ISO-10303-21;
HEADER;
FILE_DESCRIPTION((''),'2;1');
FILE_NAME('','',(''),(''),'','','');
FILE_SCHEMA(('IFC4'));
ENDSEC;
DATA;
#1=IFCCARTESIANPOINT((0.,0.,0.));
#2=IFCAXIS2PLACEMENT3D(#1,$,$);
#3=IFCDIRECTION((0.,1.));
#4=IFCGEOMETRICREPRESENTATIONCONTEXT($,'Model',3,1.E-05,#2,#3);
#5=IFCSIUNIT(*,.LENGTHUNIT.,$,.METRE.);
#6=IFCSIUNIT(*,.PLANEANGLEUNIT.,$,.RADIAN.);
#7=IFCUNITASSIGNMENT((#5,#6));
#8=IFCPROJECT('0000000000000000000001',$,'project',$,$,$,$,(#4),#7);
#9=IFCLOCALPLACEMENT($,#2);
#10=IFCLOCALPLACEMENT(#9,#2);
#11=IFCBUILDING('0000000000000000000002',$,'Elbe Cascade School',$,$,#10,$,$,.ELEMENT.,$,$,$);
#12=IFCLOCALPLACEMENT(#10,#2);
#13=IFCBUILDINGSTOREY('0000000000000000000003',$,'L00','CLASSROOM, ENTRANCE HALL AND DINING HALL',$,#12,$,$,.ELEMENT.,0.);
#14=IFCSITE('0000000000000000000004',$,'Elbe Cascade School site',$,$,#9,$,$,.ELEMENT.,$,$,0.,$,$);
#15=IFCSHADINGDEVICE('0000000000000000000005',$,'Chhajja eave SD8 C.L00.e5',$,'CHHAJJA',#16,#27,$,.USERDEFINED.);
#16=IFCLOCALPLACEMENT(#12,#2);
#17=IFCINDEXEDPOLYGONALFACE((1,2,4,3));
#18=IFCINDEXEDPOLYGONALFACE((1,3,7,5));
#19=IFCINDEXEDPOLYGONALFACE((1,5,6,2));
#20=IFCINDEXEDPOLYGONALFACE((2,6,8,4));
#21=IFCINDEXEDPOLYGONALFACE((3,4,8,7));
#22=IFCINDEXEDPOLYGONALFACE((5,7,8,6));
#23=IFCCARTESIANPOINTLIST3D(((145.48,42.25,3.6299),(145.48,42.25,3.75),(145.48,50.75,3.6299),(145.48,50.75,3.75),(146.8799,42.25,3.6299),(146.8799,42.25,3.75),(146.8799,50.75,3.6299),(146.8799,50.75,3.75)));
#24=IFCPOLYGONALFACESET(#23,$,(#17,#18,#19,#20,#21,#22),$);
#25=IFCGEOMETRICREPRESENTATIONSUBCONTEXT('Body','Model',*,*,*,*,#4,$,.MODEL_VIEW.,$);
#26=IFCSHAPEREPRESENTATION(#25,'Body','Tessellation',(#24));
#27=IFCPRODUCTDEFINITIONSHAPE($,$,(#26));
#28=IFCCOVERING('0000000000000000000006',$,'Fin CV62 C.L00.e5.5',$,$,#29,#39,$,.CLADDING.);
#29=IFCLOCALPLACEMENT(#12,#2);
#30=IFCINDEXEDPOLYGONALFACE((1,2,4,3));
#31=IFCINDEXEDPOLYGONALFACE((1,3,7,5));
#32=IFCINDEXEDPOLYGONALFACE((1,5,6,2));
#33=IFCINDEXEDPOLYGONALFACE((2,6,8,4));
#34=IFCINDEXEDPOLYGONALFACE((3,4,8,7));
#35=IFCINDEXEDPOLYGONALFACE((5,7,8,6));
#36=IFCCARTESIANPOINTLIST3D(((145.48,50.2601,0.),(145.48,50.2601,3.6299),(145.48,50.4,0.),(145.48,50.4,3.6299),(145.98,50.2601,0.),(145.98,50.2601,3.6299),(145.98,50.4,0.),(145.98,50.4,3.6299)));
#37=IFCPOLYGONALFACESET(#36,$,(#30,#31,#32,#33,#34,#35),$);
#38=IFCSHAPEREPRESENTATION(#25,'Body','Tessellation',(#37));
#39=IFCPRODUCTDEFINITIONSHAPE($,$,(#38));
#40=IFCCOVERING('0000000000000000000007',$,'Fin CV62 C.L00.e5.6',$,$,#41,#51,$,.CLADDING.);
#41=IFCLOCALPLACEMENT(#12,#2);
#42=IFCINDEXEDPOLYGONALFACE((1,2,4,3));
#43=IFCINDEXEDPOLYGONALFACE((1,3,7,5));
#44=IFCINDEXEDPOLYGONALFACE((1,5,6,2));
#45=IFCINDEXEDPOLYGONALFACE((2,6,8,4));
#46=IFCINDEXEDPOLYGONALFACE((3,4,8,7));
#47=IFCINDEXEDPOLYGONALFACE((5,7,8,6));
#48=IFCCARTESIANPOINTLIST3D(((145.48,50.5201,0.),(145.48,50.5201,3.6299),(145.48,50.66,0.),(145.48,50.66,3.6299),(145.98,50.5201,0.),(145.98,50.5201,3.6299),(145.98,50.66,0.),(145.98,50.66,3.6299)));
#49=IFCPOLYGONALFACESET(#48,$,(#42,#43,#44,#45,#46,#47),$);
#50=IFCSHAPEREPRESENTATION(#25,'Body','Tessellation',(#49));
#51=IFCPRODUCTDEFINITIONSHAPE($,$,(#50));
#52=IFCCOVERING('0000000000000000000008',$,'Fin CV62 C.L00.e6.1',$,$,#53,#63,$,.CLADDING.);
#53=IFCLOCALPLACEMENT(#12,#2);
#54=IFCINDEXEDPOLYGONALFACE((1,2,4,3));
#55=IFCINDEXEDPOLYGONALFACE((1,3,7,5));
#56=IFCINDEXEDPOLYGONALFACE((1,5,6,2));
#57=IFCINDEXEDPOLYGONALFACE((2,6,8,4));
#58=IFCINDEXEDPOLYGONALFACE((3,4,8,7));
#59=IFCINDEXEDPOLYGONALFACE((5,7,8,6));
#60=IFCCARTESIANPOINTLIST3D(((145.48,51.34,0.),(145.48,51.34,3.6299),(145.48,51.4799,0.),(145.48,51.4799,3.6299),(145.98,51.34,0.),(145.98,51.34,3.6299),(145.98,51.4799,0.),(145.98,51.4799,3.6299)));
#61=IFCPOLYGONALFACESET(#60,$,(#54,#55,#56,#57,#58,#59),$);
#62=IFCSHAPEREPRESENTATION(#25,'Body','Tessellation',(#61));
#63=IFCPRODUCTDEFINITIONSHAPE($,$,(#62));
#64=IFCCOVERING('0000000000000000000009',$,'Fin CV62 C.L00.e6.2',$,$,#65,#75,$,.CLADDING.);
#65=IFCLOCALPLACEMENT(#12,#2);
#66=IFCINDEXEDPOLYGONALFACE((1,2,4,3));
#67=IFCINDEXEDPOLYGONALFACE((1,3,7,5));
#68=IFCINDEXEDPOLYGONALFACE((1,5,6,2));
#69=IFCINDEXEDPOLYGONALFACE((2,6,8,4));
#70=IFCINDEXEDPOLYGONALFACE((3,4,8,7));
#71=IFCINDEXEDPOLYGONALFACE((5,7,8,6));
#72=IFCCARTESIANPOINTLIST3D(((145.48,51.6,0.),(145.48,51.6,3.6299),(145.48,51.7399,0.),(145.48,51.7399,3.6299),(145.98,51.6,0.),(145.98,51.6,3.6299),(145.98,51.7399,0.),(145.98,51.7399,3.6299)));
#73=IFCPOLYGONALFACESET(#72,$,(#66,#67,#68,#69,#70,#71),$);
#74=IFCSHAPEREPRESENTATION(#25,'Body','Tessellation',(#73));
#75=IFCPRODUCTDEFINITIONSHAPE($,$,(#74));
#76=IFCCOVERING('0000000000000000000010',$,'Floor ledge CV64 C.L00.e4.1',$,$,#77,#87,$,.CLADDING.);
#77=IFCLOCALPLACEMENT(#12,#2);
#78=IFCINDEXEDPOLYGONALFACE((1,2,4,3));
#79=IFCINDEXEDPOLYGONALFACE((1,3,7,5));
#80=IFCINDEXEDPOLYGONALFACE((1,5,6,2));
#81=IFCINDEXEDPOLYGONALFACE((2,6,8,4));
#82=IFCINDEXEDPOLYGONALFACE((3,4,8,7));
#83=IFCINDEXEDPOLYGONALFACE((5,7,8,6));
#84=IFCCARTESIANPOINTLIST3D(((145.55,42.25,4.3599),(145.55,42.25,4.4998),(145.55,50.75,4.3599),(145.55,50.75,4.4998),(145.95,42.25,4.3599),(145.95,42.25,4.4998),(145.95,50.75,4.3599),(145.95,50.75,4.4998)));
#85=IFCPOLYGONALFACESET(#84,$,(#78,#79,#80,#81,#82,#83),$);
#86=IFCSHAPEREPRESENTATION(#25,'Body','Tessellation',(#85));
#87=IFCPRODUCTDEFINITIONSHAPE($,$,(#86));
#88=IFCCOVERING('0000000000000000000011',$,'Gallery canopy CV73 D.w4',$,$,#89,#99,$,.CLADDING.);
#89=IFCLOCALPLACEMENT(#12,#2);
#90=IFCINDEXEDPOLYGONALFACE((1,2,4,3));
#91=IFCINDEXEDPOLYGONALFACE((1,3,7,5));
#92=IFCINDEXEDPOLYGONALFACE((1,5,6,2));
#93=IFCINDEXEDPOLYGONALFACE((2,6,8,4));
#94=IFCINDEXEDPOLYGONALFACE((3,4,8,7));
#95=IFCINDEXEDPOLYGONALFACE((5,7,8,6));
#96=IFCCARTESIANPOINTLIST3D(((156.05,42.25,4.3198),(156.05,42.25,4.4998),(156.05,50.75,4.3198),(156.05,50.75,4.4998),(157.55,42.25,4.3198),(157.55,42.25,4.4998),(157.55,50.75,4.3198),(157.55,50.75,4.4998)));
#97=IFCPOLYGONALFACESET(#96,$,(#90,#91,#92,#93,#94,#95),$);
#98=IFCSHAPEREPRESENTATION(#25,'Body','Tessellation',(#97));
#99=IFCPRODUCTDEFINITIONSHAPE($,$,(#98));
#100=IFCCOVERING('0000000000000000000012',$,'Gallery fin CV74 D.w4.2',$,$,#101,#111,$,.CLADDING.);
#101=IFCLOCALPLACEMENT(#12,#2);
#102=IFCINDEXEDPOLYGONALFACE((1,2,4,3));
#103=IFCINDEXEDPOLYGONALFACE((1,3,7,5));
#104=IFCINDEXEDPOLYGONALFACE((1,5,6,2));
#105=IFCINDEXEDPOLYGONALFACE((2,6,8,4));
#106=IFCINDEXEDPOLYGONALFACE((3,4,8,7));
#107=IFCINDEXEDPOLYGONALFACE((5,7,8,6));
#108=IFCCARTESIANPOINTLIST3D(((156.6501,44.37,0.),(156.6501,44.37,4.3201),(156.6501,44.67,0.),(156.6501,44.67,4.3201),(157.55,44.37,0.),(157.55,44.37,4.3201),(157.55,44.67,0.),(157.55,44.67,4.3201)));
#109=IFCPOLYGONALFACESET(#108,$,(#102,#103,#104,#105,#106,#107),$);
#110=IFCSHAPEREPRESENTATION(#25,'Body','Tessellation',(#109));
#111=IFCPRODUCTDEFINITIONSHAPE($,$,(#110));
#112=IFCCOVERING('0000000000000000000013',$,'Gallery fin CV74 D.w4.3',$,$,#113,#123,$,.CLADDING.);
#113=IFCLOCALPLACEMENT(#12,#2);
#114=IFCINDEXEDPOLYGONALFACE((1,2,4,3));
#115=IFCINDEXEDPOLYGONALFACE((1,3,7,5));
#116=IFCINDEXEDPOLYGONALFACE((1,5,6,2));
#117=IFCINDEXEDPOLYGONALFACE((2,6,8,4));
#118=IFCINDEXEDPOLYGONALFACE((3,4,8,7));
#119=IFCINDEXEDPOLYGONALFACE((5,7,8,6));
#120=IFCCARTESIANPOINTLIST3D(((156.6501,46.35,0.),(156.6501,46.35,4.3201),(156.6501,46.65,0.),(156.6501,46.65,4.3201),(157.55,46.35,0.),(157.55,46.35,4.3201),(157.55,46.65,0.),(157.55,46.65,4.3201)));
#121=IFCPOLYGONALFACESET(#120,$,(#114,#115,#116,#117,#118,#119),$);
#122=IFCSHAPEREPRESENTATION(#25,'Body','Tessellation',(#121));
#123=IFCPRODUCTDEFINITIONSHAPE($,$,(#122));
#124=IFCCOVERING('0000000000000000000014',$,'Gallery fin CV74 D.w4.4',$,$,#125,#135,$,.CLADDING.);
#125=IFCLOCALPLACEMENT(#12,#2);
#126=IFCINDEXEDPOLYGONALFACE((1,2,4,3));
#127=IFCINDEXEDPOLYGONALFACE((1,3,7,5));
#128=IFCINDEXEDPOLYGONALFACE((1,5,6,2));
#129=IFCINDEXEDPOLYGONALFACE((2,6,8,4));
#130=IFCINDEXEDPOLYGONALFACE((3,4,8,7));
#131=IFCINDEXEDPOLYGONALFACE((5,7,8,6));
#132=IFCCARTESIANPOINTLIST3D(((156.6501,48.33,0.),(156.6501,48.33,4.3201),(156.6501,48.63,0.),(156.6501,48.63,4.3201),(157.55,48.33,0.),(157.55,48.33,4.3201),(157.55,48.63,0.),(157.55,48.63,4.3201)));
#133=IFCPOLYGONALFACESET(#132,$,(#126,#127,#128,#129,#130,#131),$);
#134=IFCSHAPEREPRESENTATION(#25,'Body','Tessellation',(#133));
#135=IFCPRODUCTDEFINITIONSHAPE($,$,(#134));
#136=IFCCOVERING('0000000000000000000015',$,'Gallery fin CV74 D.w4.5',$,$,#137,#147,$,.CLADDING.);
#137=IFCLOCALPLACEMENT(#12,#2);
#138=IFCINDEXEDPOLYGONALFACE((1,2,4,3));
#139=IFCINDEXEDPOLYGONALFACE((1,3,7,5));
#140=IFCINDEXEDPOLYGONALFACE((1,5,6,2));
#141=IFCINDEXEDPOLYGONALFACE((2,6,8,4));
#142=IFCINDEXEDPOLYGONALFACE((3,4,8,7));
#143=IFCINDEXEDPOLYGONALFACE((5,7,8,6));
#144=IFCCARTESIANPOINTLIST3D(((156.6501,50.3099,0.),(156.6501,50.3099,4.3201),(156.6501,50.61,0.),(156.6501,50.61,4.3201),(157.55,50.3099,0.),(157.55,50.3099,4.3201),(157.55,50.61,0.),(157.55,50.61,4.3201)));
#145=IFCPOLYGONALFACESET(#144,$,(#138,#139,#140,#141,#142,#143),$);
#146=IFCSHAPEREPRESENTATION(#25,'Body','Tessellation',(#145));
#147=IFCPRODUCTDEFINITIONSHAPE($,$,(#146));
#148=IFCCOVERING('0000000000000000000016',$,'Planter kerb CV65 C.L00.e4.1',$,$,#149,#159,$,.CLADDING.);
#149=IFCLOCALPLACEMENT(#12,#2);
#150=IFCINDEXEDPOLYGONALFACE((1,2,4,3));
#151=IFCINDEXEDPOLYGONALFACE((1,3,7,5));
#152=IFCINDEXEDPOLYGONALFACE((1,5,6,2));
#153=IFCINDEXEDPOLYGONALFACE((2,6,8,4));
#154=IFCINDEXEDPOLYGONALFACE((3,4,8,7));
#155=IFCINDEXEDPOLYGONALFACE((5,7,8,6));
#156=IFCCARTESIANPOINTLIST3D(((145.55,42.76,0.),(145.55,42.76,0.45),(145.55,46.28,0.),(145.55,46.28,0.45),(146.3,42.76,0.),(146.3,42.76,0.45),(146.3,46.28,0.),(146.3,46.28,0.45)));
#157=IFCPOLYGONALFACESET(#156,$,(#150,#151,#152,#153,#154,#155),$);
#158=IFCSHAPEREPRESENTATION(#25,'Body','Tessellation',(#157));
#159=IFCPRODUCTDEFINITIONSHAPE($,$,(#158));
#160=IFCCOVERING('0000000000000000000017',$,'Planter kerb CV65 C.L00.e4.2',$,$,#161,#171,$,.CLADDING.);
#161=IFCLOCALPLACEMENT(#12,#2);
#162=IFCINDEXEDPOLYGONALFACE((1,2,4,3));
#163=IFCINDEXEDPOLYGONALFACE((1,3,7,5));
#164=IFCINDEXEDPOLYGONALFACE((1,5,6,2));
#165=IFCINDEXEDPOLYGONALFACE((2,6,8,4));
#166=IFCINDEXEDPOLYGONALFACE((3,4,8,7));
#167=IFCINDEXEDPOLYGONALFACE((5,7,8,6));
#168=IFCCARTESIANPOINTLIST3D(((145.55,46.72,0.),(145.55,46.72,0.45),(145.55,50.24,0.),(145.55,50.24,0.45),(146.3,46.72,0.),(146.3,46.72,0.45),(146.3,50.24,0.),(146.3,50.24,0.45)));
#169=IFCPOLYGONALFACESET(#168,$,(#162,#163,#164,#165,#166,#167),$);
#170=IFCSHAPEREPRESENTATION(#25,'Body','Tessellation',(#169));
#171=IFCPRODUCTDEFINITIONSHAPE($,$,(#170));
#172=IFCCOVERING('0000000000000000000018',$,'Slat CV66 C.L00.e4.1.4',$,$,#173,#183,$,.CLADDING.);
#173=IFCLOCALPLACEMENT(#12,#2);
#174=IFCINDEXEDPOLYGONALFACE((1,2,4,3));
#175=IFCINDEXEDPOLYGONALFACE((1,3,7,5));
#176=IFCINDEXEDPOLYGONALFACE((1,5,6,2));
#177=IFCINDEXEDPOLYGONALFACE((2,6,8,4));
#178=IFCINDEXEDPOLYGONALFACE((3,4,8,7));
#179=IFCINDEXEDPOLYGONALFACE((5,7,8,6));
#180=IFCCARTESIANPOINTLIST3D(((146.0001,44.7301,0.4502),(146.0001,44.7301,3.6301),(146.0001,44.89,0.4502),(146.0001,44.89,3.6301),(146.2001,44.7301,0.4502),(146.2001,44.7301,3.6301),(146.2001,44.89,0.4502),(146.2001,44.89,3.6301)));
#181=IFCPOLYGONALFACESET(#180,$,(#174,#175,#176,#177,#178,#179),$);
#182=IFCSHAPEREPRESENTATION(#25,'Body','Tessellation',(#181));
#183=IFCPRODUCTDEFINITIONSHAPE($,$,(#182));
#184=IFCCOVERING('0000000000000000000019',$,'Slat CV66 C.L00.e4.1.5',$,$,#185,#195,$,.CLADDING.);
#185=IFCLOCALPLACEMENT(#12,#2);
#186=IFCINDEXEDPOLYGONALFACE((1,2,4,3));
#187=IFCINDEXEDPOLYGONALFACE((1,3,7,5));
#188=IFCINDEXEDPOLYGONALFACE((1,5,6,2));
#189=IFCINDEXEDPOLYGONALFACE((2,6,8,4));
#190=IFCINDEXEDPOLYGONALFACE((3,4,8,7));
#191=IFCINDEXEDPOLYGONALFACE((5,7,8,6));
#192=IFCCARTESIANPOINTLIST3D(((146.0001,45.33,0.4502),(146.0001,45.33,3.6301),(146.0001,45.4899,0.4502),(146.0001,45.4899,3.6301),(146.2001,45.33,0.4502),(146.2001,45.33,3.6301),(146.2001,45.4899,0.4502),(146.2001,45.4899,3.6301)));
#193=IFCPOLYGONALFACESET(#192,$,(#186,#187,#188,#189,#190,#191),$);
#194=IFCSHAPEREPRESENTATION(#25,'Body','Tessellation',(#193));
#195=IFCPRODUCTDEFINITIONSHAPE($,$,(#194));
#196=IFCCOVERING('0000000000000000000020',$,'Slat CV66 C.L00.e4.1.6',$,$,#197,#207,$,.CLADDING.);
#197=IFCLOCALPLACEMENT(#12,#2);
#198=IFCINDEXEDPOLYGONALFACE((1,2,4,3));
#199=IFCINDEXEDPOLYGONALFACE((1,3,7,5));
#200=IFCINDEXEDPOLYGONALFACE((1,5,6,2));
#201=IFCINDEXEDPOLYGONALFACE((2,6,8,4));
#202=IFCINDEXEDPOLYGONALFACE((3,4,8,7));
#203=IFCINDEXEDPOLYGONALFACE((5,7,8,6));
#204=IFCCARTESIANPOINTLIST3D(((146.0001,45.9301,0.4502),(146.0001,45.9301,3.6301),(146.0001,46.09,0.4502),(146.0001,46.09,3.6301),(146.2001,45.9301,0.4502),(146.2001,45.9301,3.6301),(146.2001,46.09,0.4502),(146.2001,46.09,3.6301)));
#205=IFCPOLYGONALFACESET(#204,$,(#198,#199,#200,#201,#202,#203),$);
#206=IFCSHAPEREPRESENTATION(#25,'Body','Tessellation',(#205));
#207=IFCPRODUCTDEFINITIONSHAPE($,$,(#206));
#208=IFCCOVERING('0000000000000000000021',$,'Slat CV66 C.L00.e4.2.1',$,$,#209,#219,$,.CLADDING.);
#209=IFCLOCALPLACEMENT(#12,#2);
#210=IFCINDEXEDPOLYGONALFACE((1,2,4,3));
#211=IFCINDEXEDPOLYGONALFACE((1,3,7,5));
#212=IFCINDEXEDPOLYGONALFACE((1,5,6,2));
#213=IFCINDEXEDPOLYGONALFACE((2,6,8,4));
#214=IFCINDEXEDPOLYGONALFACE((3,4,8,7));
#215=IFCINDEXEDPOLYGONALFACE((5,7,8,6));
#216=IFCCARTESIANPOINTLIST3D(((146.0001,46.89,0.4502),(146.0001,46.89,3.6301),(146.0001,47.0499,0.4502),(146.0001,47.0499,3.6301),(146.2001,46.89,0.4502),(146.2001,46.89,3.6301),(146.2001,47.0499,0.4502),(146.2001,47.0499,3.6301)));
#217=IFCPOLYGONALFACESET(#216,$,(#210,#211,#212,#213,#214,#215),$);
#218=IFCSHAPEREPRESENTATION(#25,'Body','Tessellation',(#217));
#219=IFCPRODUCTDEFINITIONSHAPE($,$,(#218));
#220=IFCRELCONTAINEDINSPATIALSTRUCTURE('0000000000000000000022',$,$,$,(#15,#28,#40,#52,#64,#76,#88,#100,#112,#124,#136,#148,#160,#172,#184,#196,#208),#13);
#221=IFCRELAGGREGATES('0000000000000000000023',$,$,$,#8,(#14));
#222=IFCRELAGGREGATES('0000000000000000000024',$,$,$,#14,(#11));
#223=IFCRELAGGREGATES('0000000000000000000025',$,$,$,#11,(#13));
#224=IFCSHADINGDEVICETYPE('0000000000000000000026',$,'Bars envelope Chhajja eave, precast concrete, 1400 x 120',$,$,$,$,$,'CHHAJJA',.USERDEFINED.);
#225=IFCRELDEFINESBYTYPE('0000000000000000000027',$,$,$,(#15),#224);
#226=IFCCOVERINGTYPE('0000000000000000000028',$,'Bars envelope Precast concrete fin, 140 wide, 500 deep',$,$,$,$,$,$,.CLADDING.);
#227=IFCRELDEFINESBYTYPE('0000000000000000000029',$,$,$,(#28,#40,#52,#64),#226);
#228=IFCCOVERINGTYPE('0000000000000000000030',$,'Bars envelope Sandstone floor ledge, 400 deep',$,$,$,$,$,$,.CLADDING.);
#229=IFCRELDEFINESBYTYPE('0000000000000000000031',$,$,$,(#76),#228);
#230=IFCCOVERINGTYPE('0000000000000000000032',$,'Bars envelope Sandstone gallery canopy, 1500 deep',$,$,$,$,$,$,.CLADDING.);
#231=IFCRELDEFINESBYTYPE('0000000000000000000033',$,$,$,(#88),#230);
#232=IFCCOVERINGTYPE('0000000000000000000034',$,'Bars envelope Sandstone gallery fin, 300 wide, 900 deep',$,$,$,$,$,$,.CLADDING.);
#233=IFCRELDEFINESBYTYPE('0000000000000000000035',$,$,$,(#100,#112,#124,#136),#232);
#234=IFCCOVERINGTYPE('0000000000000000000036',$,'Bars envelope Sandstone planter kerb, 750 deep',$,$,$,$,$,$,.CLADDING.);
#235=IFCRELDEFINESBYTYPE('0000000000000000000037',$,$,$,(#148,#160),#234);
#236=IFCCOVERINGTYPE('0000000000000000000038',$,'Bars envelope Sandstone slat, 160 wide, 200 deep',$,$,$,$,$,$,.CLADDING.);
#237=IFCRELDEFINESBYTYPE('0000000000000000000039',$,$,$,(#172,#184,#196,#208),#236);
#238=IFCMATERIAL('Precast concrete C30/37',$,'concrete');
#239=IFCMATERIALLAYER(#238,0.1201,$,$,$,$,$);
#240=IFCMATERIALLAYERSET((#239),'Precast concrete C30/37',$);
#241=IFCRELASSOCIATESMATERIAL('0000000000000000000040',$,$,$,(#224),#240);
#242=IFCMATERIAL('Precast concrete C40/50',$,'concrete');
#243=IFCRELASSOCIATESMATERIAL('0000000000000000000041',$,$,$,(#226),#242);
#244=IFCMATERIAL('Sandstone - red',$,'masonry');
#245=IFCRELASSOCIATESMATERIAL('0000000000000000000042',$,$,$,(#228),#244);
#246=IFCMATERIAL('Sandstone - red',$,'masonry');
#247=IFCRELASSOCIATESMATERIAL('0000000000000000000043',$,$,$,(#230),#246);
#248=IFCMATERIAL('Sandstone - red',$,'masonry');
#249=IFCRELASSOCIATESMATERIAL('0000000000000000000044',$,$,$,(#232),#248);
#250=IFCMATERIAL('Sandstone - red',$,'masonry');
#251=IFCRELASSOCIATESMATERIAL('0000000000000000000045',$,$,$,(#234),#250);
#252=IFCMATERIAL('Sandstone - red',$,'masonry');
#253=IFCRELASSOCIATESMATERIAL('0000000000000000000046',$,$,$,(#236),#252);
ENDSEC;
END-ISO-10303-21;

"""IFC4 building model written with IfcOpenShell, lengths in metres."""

from ifc_helpers import new_model, si_unit, direction, frame, origin, origin_2d, place, context, subcontext, project, spatial, rectangle, extrude, material, layer, layer_set, type_object, element, save


model = new_model("IFC4")

# Units and contexts
model_context = context("Model", 3, precision=1e-05, world=origin(), true_north=direction((0.0, 1.0)))
body_context = subcontext(model_context, "Body", "Model", "MODEL_VIEW")
ifc_project = project(units=[si_unit("LENGTHUNIT", "METRE"), si_unit("PLANEANGLEUNIT", "RADIAN")], contexts=[model_context])

# Site, building, storey
site_placement = place(None, origin())
site = spatial("IfcSite", under=ifc_project, at=site_placement, Name="Elbe Cascade School site", CompositionType="ELEMENT", RefElevation=0.0)
building_placement = place(site_placement, origin())
building = spatial("IfcBuilding", under=site, at=building_placement, Name="Elbe Cascade School", CompositionType="ELEMENT")
storey_placement = place(building_placement, origin())
storey = spatial("IfcBuildingStorey", under=building, at=storey_placement, Name="L00", Description="CLASSROOM, ENTRANCE HALL AND DINING HALL", CompositionType="ELEMENT", Elevation=0.0)

# Shading device
ifc_material_1 = material(Name="Precast concrete C30/37", Category="concrete")
ifc_layer_1 = layer(ifc_material_1, 0.1201)
ifc_layer_set_1 = layer_set([ifc_layer_1], Name="Precast concrete C30/37")
shading_device_type_1 = type_object("IfcShadingDeviceType", Name="Bars envelope Chhajja eave, precast concrete, 1400 x 120", ElementType="CHHAJJA", PredefinedType="USERDEFINED", material=ifc_layer_set_1)
shading_device_1_placement = place(storey_placement, frame((146.1799, 46.5, 3.6299), z_axis=(0.0, 0.0, 1.0), x_axis=(0.0, 1.0, 0.0)))
element("IfcShadingDevice", 1, at=shading_device_1_placement, inside=storey, type_object=shading_device_type_1, Name="Chhajja eave SD8 C.L00.e5", ObjectType="CHHAJJA", PredefinedType="USERDEFINED", context=body_context, shape_type="SweptSolid", body=[
    extrude(rectangle(XDim=8.5, YDim=1.3999, at=origin_2d()), origin(), (0.0, 0.0, 1.0), 0.1201),
])

# Coverings
ifc_material_2 = material(Name="Precast concrete C40/50", Category="concrete")
covering_type_1 = type_object("IfcCoveringType", Name="Bars envelope Precast concrete fin, 140 wide, 500 deep", PredefinedType="CLADDING", material=ifc_material_2)
for number, where, z_axis, x_axis, name in (
    (2, (145.73, 50.3301, 0.0), (0.0, 0.0, 1.0), (0.0, 1.0, 0.0), "Fin CV62 C.L00.e5.5"),
    (3, (145.73, 50.5901, 0.0), (0.0, 0.0, 1.0), (0.0, 1.0, 0.0), "Fin CV62 C.L00.e5.6"),
    (4, (145.73, 51.4099, 0.0), (0.0, 0.0, 1.0), (0.0, 1.0, 0.0), "Fin CV62 C.L00.e6.1"),
    (5, (145.73, 51.6699, 0.0), (0.0, 0.0, 1.0), (0.0, 1.0, 0.0), "Fin CV62 C.L00.e6.2"),
):
    element("IfcCovering", number, at=place(storey_placement, frame(where, z_axis=z_axis, x_axis=x_axis)), inside=storey, type_object=covering_type_1, Name=name, PredefinedType="CLADDING", context=body_context, shape_type="SweptSolid", body=[
        extrude(rectangle(XDim=0.1399, YDim=0.5, at=origin_2d()), origin(), (0.0, 0.0, 1.0), 3.6299),
    ])
ifc_material_3 = material(Name="Sandstone - red", Category="masonry")
covering_type_2 = type_object("IfcCoveringType", Name="Bars envelope Sandstone floor ledge, 400 deep", PredefinedType="CLADDING", material=ifc_material_3)
covering_1_placement = place(storey_placement, frame((145.75, 46.5, 4.3599), z_axis=(0.0, 0.0, 1.0), x_axis=(0.0, 1.0, 0.0)))
element("IfcCovering", 6, at=covering_1_placement, inside=storey, type_object=covering_type_2, Name="Floor ledge CV64 C.L00.e4.1", PredefinedType="CLADDING", context=body_context, shape_type="SweptSolid", body=[
    extrude(rectangle(XDim=8.5, YDim=0.3999, at=origin_2d()), origin(), (0.0, 0.0, 1.0), 0.1399),
])
ifc_material_4 = material(Name="Sandstone - red", Category="masonry")
covering_type_3 = type_object("IfcCoveringType", Name="Bars envelope Sandstone gallery canopy, 1500 deep", PredefinedType="CLADDING", material=ifc_material_4)
covering_2_placement = place(storey_placement, frame((156.8, 46.5, 4.3198), z_axis=(0.0, 0.0, 1.0), x_axis=(0.0, 1.0, 0.0)))
element("IfcCovering", 7, at=covering_2_placement, inside=storey, type_object=covering_type_3, Name="Gallery canopy CV73 D.w4", PredefinedType="CLADDING", context=body_context, shape_type="SweptSolid", body=[
    extrude(rectangle(XDim=8.5, YDim=1.5, at=origin_2d()), origin(), (0.0, 0.0, 1.0), 0.1799),
])
ifc_material_5 = material(Name="Sandstone - red", Category="masonry")
covering_type_4 = type_object("IfcCoveringType", Name="Bars envelope Sandstone gallery fin, 300 wide, 900 deep", PredefinedType="CLADDING", material=ifc_material_5)
for number, where, z_axis, x_axis, name in (
    (8, (157.1001, 44.52, 0.0), (0.0, 0.0, 1.0), (0.0, 1.0, 0.0), "Gallery fin CV74 D.w4.2"),
    (9, (157.1001, 46.5, 0.0), (0.0, 0.0, 1.0), (0.0, 1.0, 0.0), "Gallery fin CV74 D.w4.3"),
    (10, (157.1001, 48.48, 0.0), (0.0, 0.0, 1.0), (0.0, 1.0, 0.0), "Gallery fin CV74 D.w4.4"),
    (11, (157.1001, 50.46, 0.0), (0.0, 0.0, 1.0), (0.0, 1.0, 0.0), "Gallery fin CV74 D.w4.5"),
):
    element("IfcCovering", number, at=place(storey_placement, frame(where, z_axis=z_axis, x_axis=x_axis)), inside=storey, type_object=covering_type_4, Name=name, PredefinedType="CLADDING", context=body_context, shape_type="SweptSolid", body=[
        extrude(rectangle(XDim=0.3, YDim=0.8999, at=origin_2d()), origin(), (0.0, 0.0, 1.0), 4.3201),
    ])
ifc_material_6 = material(Name="Sandstone - red", Category="masonry")
covering_type_5 = type_object("IfcCoveringType", Name="Bars envelope Sandstone planter kerb, 750 deep", PredefinedType="CLADDING", material=ifc_material_6)
for number, where, z_axis, x_axis, name in (
    (12, (145.925, 44.52, 0.0), (0.0, 0.0, 1.0), (0.0, 1.0, 0.0), "Planter kerb CV65 C.L00.e4.1"),
    (13, (145.925, 48.48, 0.0), (0.0, 0.0, 1.0), (0.0, 1.0, 0.0), "Planter kerb CV65 C.L00.e4.2"),
):
    element("IfcCovering", number, at=place(storey_placement, frame(where, z_axis=z_axis, x_axis=x_axis)), inside=storey, type_object=covering_type_5, Name=name, PredefinedType="CLADDING", context=body_context, shape_type="SweptSolid", body=[
        extrude(rectangle(XDim=3.52, YDim=0.75, at=origin_2d()), origin(), (0.0, 0.0, 1.0), 0.45),
    ])
ifc_material_7 = material(Name="Sandstone - red", Category="masonry")
covering_type_6 = type_object("IfcCoveringType", Name="Bars envelope Sandstone slat, 160 wide, 200 deep", PredefinedType="CLADDING", material=ifc_material_7)
for number, where, z_axis, x_axis, name in (
    (14, (146.1001, 44.8101, 0.4502), (0.0, 0.0, 1.0), (0.0, 1.0, 0.0), "Slat CV66 C.L00.e4.1.4"),
    (15, (146.1001, 45.4099, 0.4502), (0.0, 0.0, 1.0), (0.0, 1.0, 0.0), "Slat CV66 C.L00.e4.1.5"),
    (16, (146.1001, 46.01, 0.4502), (0.0, 0.0, 1.0), (0.0, 1.0, 0.0), "Slat CV66 C.L00.e4.1.6"),
    (17, (146.1001, 46.97, 0.4502), (0.0, 0.0, 1.0), (0.0, 1.0, 0.0), "Slat CV66 C.L00.e4.2.1"),
):
    element("IfcCovering", number, at=place(storey_placement, frame(where, z_axis=z_axis, x_axis=x_axis)), inside=storey, type_object=covering_type_6, Name=name, PredefinedType="CLADDING", context=body_context, shape_type="SweptSolid", body=[
        extrude(rectangle(XDim=0.1599, YDim=0.2, at=origin_2d()), origin(), (0.0, 0.0, 1.0), 3.1799),
    ])

save(model, "model.ifc")
